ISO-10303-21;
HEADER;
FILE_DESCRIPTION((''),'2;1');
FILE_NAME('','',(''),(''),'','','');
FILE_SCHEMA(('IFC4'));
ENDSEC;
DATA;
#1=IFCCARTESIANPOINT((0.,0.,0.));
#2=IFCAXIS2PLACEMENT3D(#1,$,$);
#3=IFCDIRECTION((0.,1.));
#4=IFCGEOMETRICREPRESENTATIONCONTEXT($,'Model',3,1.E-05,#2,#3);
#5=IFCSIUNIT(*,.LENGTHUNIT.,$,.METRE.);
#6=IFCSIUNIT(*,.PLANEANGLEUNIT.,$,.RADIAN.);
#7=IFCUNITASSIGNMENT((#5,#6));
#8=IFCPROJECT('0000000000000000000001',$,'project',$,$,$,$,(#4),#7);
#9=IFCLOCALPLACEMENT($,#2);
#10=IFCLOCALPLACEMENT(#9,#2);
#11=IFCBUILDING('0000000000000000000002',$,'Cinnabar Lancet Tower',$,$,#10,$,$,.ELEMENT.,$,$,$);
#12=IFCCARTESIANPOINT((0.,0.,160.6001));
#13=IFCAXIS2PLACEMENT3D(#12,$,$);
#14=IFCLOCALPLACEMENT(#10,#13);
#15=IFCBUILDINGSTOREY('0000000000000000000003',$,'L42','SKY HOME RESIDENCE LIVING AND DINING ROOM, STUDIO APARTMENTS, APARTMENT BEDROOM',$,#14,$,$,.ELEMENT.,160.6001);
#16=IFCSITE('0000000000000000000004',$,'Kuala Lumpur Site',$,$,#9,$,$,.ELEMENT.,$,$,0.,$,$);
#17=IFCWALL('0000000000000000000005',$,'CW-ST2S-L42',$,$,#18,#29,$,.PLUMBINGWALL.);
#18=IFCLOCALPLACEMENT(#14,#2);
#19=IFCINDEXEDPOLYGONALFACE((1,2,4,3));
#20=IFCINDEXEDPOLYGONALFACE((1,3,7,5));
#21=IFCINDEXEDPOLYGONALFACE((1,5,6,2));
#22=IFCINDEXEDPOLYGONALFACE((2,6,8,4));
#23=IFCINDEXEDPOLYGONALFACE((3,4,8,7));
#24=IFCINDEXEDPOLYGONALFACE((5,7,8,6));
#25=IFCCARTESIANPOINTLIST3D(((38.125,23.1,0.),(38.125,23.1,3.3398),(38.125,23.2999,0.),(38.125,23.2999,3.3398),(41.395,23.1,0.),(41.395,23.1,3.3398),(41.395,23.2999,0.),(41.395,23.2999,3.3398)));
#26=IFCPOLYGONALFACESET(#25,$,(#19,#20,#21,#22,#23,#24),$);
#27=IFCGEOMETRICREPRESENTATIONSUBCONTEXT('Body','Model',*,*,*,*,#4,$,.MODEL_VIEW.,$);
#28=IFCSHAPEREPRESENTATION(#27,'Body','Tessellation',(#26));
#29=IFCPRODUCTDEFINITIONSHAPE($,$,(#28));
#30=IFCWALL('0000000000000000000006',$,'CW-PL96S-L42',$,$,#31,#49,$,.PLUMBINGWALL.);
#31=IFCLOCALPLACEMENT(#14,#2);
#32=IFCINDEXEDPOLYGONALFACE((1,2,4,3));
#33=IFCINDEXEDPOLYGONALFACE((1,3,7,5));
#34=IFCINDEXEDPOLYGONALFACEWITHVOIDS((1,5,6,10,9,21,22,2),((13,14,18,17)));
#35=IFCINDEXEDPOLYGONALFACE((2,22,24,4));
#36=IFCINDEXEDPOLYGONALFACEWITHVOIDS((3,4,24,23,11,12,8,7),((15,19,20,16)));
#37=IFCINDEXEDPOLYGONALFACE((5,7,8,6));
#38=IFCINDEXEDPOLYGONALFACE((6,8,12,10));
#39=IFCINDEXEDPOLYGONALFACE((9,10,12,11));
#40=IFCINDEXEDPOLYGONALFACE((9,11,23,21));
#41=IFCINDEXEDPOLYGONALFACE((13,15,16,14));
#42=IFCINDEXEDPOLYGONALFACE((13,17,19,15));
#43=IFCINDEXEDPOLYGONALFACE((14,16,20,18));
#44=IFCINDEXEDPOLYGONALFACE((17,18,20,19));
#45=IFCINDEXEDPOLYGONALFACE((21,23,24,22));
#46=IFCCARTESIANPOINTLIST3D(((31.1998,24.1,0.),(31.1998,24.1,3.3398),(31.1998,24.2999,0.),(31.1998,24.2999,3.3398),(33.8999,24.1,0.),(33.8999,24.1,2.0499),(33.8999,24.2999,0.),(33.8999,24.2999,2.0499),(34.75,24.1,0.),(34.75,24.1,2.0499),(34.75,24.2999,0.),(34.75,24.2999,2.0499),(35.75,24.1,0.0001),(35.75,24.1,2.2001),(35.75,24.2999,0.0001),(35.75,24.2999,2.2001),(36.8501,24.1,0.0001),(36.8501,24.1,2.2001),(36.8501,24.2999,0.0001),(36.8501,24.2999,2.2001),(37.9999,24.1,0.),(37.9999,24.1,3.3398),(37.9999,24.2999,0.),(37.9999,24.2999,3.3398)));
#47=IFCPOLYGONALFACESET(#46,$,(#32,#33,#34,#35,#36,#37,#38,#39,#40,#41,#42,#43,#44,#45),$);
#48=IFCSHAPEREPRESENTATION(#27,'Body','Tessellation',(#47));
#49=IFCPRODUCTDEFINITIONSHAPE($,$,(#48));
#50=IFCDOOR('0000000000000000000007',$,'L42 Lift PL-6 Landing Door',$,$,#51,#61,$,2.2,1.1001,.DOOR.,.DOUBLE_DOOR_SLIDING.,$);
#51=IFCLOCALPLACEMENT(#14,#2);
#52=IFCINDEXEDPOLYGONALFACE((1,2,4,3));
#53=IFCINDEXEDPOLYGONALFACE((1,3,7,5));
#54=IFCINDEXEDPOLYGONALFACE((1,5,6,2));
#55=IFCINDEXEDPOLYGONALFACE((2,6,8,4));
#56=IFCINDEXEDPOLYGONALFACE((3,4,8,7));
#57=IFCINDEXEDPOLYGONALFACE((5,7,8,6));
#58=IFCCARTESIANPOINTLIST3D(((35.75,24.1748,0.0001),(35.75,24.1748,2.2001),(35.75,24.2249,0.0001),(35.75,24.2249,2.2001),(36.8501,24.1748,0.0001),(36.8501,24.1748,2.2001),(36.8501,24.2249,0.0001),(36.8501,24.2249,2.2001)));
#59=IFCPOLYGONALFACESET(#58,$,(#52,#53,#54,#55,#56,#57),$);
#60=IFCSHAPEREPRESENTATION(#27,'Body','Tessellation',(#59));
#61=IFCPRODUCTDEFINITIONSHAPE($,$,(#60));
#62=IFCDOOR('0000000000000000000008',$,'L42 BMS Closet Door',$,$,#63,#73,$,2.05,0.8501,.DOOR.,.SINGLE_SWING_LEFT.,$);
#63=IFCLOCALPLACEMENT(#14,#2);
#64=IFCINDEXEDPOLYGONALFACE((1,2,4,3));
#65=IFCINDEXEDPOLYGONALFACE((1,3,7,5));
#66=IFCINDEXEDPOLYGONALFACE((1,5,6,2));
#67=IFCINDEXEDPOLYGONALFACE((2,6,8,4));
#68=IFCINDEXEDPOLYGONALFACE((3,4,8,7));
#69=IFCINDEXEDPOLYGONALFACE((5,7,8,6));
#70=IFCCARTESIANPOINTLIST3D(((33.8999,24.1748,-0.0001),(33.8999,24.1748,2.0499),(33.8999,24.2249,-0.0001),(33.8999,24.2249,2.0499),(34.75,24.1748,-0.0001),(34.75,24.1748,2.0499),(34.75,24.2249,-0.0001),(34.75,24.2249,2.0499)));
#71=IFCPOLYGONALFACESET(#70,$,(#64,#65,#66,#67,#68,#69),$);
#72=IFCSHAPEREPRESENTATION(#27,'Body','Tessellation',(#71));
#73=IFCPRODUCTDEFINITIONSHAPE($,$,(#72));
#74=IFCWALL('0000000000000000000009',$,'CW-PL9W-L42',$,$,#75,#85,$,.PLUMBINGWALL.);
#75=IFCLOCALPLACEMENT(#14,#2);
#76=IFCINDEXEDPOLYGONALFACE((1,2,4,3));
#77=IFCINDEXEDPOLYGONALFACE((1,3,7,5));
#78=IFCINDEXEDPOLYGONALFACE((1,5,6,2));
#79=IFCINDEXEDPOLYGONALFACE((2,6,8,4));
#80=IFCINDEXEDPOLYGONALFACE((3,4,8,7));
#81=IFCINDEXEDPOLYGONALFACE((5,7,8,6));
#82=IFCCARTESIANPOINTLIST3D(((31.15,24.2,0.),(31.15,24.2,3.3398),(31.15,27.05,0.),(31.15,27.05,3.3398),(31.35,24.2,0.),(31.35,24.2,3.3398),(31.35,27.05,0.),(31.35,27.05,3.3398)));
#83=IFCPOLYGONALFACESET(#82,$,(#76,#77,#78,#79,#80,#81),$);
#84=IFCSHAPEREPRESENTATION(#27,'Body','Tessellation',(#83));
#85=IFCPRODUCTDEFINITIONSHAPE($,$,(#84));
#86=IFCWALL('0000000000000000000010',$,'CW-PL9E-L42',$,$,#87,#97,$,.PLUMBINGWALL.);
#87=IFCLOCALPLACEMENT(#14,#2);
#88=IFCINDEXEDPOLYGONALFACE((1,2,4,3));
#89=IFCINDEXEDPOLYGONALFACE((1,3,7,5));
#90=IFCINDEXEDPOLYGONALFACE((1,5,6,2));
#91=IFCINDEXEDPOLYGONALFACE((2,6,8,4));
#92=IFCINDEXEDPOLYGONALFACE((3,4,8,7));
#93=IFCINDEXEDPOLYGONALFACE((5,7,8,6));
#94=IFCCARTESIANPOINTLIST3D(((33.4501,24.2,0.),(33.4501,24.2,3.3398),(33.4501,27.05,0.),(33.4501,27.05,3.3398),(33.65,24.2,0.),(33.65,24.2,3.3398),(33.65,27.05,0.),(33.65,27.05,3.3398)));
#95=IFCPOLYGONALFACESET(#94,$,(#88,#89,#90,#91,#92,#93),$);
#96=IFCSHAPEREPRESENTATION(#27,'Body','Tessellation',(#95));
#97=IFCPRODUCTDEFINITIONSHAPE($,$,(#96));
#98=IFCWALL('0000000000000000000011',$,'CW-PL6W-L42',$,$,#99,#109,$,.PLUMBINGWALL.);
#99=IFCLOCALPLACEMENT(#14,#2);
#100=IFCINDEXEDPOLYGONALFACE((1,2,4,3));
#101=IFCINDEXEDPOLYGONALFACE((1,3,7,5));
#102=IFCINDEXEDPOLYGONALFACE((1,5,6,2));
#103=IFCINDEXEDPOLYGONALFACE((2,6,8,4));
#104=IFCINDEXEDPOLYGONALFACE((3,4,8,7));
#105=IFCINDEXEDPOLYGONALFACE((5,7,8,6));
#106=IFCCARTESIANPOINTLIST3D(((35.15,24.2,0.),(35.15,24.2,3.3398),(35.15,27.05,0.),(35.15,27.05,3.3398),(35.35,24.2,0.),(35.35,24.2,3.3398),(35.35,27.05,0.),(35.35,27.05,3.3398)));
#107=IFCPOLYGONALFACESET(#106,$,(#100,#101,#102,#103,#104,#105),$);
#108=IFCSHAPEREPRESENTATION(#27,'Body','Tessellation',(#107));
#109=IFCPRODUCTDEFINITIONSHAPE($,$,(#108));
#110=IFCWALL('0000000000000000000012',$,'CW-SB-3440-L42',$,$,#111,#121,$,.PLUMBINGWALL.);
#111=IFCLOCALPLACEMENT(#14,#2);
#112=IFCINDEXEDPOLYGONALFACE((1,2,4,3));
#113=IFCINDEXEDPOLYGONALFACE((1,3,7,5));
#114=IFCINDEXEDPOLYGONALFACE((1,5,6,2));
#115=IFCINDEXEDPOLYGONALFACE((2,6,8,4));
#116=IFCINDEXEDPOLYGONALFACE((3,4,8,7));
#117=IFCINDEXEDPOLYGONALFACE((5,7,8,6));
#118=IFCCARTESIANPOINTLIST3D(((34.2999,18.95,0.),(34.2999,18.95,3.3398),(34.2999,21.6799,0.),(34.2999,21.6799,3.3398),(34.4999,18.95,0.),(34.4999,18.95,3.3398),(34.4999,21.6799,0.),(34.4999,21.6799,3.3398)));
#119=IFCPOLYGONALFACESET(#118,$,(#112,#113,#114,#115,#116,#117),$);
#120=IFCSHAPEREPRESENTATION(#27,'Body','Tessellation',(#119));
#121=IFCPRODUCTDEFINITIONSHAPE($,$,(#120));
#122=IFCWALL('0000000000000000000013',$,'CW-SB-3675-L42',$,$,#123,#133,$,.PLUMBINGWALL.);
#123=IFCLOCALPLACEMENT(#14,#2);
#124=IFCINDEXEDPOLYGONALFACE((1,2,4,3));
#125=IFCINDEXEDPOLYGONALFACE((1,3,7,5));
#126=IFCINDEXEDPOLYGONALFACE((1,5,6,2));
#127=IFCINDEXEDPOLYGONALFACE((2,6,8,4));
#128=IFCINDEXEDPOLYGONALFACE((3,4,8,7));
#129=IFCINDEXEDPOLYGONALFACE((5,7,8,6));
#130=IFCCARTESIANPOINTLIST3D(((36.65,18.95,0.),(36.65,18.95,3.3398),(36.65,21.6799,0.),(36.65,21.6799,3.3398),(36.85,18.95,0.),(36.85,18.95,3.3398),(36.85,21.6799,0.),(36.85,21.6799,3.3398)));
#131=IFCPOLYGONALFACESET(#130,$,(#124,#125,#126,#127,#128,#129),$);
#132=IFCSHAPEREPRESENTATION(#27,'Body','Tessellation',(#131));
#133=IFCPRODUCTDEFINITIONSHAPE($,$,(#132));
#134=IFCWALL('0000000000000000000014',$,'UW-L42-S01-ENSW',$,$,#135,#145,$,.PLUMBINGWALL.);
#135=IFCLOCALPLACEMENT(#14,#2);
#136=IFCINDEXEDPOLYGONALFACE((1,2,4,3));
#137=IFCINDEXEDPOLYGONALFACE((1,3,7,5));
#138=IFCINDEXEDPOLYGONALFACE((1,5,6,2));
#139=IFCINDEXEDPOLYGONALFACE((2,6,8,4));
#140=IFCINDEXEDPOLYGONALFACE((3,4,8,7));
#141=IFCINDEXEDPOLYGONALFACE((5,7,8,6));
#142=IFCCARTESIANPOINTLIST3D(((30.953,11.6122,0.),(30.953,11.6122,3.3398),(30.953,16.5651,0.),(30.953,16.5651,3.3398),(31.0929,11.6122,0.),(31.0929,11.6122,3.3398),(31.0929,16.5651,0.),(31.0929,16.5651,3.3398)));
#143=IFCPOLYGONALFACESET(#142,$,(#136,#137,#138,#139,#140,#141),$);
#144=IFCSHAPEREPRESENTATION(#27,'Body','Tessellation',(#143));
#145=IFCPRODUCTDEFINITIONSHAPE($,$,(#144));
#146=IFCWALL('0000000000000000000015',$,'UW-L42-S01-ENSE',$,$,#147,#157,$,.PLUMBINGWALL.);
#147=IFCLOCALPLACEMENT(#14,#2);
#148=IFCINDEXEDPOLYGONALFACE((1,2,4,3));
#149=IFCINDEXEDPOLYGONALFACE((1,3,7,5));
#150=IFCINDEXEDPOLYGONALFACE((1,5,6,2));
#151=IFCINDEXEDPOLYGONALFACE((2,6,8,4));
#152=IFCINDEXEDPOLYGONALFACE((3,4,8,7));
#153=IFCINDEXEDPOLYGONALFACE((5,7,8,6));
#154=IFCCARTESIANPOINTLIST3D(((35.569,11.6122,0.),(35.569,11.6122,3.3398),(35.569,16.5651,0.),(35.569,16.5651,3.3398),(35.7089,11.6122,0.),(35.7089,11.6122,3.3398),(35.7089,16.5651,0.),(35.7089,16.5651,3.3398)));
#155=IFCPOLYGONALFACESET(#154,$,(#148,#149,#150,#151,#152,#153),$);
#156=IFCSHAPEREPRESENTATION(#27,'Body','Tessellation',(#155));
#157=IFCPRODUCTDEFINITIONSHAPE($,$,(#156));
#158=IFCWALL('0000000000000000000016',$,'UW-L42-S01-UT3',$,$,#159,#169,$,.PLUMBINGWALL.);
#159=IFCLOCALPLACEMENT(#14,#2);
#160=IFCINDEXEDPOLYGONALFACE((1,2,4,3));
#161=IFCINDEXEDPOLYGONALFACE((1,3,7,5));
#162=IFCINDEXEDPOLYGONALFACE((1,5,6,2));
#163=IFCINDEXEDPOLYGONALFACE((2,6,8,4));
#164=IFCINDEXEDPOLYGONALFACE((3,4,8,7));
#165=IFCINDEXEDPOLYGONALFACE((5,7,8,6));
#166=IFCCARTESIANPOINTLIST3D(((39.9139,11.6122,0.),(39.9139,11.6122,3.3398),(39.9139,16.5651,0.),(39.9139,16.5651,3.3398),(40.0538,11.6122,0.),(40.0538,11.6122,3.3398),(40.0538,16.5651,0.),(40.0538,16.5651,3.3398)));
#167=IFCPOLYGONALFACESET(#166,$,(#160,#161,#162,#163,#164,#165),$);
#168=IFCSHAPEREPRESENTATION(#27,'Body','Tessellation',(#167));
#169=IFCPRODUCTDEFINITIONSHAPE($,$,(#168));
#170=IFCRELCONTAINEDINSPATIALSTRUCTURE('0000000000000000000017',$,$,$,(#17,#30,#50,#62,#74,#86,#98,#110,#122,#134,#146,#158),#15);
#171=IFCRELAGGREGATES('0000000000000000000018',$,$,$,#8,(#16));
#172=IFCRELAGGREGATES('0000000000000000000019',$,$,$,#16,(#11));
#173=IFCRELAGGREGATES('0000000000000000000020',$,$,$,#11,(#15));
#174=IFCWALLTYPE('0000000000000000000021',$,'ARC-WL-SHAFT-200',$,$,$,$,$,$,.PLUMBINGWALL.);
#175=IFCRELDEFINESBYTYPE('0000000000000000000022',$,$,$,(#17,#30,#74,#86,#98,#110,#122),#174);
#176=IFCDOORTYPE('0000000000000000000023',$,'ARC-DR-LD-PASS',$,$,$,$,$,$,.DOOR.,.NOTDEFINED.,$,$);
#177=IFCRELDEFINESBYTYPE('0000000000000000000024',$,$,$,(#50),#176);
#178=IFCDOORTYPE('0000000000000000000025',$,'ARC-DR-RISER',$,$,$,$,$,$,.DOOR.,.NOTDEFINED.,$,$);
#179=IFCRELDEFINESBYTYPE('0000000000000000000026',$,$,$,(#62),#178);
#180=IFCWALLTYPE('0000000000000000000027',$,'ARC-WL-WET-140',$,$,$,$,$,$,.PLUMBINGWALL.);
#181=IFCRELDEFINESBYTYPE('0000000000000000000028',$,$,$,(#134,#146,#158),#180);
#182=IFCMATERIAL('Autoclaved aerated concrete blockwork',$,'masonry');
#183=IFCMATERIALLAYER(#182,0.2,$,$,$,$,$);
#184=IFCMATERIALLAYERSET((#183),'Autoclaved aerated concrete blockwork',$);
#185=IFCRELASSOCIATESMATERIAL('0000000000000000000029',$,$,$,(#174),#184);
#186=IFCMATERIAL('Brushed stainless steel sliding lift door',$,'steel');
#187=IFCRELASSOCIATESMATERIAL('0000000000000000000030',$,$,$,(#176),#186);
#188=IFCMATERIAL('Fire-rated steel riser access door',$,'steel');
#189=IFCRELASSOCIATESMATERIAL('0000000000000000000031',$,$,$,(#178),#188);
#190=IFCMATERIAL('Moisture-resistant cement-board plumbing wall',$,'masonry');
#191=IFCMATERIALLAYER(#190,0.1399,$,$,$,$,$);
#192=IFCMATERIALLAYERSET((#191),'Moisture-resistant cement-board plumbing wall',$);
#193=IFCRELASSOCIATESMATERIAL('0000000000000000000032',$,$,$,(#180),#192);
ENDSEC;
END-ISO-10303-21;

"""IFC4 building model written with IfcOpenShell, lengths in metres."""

from ifc_helpers import new_model, si_unit, direction, frame, frame_2d, origin, place, context, subcontext, project, spatial, rectangle, extrude, material, layer, layer_set, type_object, element, fill, save


model = new_model("IFC4")

# Units and contexts
model_context = context("Model", 3, precision=1e-05, world=origin(), true_north=direction((0.0, 1.0)))
body_context = subcontext(model_context, "Body", "Model", "MODEL_VIEW")
ifc_project = project(units=[si_unit("LENGTHUNIT", "METRE"), si_unit("PLANEANGLEUNIT", "RADIAN")], contexts=[model_context])

# Site, building, storey
site_placement = place(None, origin())
site = spatial("IfcSite", under=ifc_project, at=site_placement, Name="Kuala Lumpur Site", CompositionType="ELEMENT", RefElevation=0.0)
building_placement = place(site_placement, origin())
building = spatial("IfcBuilding", under=site, at=building_placement, Name="Cinnabar Lancet Tower", CompositionType="ELEMENT")
storey_placement = place(building_placement, frame((0.0, 0.0, 160.6001)))
storey = spatial("IfcBuildingStorey", under=building, at=storey_placement, Name="L42", Description="SKY HOME RESIDENCE LIVING AND DINING ROOM, STUDIO APARTMENTS, APARTMENT BEDROOM", CompositionType="ELEMENT", Elevation=160.6001)

# Wall
ifc_material_1 = material(Name="Autoclaved aerated concrete blockwork", Category="masonry")
ifc_layer_1 = layer(ifc_material_1, 0.2)
ifc_layer_set_1 = layer_set([ifc_layer_1], Name="Autoclaved aerated concrete blockwork")
wall_type_1 = type_object("IfcWallType", Name="ARC-WL-SHAFT-200", PredefinedType="PLUMBINGWALL", material=ifc_layer_set_1)
wall_1_placement = place(storey_placement, frame((38.125, 23.2, 0.0), z_axis=(0.0, 0.0, 1.0), x_axis=(1.0, 0.0, 0.0)))
element("IfcWall", 1, at=wall_1_placement, inside=storey, type_object=wall_type_1, Name="CW-ST2S-L42", PredefinedType="PLUMBINGWALL", context=body_context, shape_type="SweptSolid", body=[
    extrude(rectangle(XDim=3.27, YDim=0.2, at=frame_2d((1.635, 0.0))), origin(), (0.0, 0.0, 1.0), 3.3398),
])

# Wall, openings, doors
wall_2_placement = place(storey_placement, frame((31.2, 24.2, 0.0), z_axis=(0.0, 0.0, 1.0), x_axis=(1.0, 0.0, 0.0)))
wall_2 = element("IfcWall", 2, at=wall_2_placement, inside=storey, type_object=wall_type_1, Name="CW-PL96S-L42", PredefinedType="PLUMBINGWALL", context=body_context, shape_type="SweptSolid", body=[
    extrude(rectangle(XDim=6.8, YDim=0.2, at=frame_2d((3.3999, 0.0))), origin(), (0.0, 0.0, 1.0), 3.3398),
])
opening_1_placement = place(wall_2_placement, frame((2.7, 0.0, 0.0)))
opening_1 = element("IfcOpeningElement", 3, at=opening_1_placement, cuts=wall_2, PredefinedType="OPENING", context=body_context, shape_type="SweptSolid", body=[
    extrude(rectangle(XDim=0.8501, YDim=2.05, at=frame_2d((0.425, 1.0249))), frame((0.0, 0.1099, 0.0), z_axis=(0.0, -1.0, 0.0), x_axis=(1.0, 0.0, 0.0)), (0.0, 0.0, 1.0), 0.22),
])
opening_2_placement = place(wall_2_placement, frame((4.55, 0.0, 0.0)))
opening_2 = element("IfcOpeningElement", 4, at=opening_2_placement, cuts=wall_2, PredefinedType="OPENING", context=body_context, shape_type="SweptSolid", body=[
    extrude(rectangle(XDim=1.1001, YDim=2.2, at=frame_2d((0.55, 1.1001))), frame((0.0, 0.1099, 0.0), z_axis=(0.0, -1.0, 0.0), x_axis=(1.0, 0.0, 0.0)), (0.0, 0.0, 1.0), 0.22),
])
ifc_material_2 = material(Name="Brushed stainless steel sliding lift door", Category="steel")
door_type_1 = type_object("IfcDoorType", Name="ARC-DR-LD-PASS", OperationType="NOTDEFINED", PredefinedType="DOOR", material=ifc_material_2)
door_1_placement = place(opening_2_placement, origin())
door_1 = element("IfcDoor", 5, at=door_1_placement, inside=storey, type_object=door_type_1, Name="L42 Lift PL-6 Landing Door", OperationType="DOUBLE_DOOR_SLIDING", OverallHeight=2.2, OverallWidth=1.1001, PredefinedType="DOOR", context=body_context, shape_type="SweptSolid", body=[
    extrude(rectangle(XDim=1.1001, YDim=2.2, at=frame_2d((0.55, 1.1001))), frame((0.0, 0.0249, 0.0), z_axis=(0.0, -1.0, 0.0), x_axis=(1.0, 0.0, 0.0)), (0.0, 0.0, 1.0), 0.05),
])
fill(opening_2, door_1)
ifc_material_3 = material(Name="Fire-rated steel riser access door", Category="steel")
door_type_2 = type_object("IfcDoorType", Name="ARC-DR-RISER", OperationType="NOTDEFINED", PredefinedType="DOOR", material=ifc_material_3)
door_2_placement = place(opening_1_placement, origin())
door_2 = element("IfcDoor", 6, at=door_2_placement, inside=storey, type_object=door_type_2, Name="L42 BMS Closet Door", OperationType="SINGLE_SWING_LEFT", OverallHeight=2.05, OverallWidth=0.8501, PredefinedType="DOOR", context=body_context, shape_type="SweptSolid", body=[
    extrude(rectangle(XDim=0.8501, YDim=2.05, at=frame_2d((0.425, 1.0249))), frame((0.0, 0.0249, 0.0), z_axis=(0.0, -1.0, 0.0), x_axis=(1.0, 0.0, 0.0)), (0.0, 0.0, 1.0), 0.05),
])
fill(opening_1, door_2)

# Walls
for number, where, z_axis, x_axis, name in (
    (7, (31.25, 24.2, 0.0), (0.0, 0.0, 1.0), (0.0, 1.0, 0.0), "CW-PL9W-L42"),
    (8, (33.55, 24.2, 0.0), (0.0, 0.0, 1.0), (0.0, 1.0, 0.0), "CW-PL9E-L42"),
    (9, (35.25, 24.2, 0.0), (0.0, 0.0, 1.0), (0.0, 1.0, 0.0), "CW-PL6W-L42"),
):
    element("IfcWall", number, at=place(storey_placement, frame(where, z_axis=z_axis, x_axis=x_axis)), inside=storey, type_object=wall_type_1, Name=name, PredefinedType="PLUMBINGWALL", context=body_context, shape_type="SweptSolid", body=[
        extrude(rectangle(XDim=2.8501, YDim=0.2, at=frame_2d((1.425, 0.0))), origin(), (0.0, 0.0, 1.0), 3.3398),
    ])
for number, where, z_axis, x_axis, name in (
    (10, (34.3999, 18.95, 0.0), (0.0, 0.0, 1.0), (0.0, 1.0, 0.0), "CW-SB-3440-L42"),
    (11, (36.75, 18.95, 0.0), (0.0, 0.0, 1.0), (0.0, 1.0, 0.0), "CW-SB-3675-L42"),
):
    element("IfcWall", number, at=place(storey_placement, frame(where, z_axis=z_axis, x_axis=x_axis)), inside=storey, type_object=wall_type_1, Name=name, PredefinedType="PLUMBINGWALL", context=body_context, shape_type="SweptSolid", body=[
        extrude(rectangle(XDim=2.73, YDim=0.2, at=frame_2d((1.365, 0.0))), origin(), (0.0, 0.0, 1.0), 3.3398),
    ])
ifc_material_4 = material(Name="Moisture-resistant cement-board plumbing wall", Category="masonry")
ifc_layer_2 = layer(ifc_material_4, 0.1399)
ifc_layer_set_2 = layer_set([ifc_layer_2], Name="Moisture-resistant cement-board plumbing wall")
wall_type_2 = type_object("IfcWallType", Name="ARC-WL-WET-140", PredefinedType="PLUMBINGWALL", material=ifc_layer_set_2)
for number, where, z_axis, x_axis, name in (
    (12, (31.0229, 11.6121, 0.0), (0.0, 0.0, 1.0), (0.0, 1.0, 0.0), "UW-L42-S01-ENSW"),
    (13, (35.6389, 11.6121, 0.0), (0.0, 0.0, 1.0), (0.0, 1.0, 0.0), "UW-L42-S01-ENSE"),
    (14, (39.9839, 11.6121, 0.0), (0.0, 0.0, 1.0), (0.0, 1.0, 0.0), "UW-L42-S01-UT3"),
):
    element("IfcWall", number, at=place(storey_placement, frame(where, z_axis=z_axis, x_axis=x_axis)), inside=storey, type_object=wall_type_2, Name=name, PredefinedType="PLUMBINGWALL", context=body_context, shape_type="SweptSolid", body=[
        extrude(rectangle(XDim=4.9529, YDim=0.1399, at=frame_2d((2.4766, 0.0))), origin(), (0.0, 0.0, 1.0), 3.3398),
    ])

save(model, "model.ifc")
